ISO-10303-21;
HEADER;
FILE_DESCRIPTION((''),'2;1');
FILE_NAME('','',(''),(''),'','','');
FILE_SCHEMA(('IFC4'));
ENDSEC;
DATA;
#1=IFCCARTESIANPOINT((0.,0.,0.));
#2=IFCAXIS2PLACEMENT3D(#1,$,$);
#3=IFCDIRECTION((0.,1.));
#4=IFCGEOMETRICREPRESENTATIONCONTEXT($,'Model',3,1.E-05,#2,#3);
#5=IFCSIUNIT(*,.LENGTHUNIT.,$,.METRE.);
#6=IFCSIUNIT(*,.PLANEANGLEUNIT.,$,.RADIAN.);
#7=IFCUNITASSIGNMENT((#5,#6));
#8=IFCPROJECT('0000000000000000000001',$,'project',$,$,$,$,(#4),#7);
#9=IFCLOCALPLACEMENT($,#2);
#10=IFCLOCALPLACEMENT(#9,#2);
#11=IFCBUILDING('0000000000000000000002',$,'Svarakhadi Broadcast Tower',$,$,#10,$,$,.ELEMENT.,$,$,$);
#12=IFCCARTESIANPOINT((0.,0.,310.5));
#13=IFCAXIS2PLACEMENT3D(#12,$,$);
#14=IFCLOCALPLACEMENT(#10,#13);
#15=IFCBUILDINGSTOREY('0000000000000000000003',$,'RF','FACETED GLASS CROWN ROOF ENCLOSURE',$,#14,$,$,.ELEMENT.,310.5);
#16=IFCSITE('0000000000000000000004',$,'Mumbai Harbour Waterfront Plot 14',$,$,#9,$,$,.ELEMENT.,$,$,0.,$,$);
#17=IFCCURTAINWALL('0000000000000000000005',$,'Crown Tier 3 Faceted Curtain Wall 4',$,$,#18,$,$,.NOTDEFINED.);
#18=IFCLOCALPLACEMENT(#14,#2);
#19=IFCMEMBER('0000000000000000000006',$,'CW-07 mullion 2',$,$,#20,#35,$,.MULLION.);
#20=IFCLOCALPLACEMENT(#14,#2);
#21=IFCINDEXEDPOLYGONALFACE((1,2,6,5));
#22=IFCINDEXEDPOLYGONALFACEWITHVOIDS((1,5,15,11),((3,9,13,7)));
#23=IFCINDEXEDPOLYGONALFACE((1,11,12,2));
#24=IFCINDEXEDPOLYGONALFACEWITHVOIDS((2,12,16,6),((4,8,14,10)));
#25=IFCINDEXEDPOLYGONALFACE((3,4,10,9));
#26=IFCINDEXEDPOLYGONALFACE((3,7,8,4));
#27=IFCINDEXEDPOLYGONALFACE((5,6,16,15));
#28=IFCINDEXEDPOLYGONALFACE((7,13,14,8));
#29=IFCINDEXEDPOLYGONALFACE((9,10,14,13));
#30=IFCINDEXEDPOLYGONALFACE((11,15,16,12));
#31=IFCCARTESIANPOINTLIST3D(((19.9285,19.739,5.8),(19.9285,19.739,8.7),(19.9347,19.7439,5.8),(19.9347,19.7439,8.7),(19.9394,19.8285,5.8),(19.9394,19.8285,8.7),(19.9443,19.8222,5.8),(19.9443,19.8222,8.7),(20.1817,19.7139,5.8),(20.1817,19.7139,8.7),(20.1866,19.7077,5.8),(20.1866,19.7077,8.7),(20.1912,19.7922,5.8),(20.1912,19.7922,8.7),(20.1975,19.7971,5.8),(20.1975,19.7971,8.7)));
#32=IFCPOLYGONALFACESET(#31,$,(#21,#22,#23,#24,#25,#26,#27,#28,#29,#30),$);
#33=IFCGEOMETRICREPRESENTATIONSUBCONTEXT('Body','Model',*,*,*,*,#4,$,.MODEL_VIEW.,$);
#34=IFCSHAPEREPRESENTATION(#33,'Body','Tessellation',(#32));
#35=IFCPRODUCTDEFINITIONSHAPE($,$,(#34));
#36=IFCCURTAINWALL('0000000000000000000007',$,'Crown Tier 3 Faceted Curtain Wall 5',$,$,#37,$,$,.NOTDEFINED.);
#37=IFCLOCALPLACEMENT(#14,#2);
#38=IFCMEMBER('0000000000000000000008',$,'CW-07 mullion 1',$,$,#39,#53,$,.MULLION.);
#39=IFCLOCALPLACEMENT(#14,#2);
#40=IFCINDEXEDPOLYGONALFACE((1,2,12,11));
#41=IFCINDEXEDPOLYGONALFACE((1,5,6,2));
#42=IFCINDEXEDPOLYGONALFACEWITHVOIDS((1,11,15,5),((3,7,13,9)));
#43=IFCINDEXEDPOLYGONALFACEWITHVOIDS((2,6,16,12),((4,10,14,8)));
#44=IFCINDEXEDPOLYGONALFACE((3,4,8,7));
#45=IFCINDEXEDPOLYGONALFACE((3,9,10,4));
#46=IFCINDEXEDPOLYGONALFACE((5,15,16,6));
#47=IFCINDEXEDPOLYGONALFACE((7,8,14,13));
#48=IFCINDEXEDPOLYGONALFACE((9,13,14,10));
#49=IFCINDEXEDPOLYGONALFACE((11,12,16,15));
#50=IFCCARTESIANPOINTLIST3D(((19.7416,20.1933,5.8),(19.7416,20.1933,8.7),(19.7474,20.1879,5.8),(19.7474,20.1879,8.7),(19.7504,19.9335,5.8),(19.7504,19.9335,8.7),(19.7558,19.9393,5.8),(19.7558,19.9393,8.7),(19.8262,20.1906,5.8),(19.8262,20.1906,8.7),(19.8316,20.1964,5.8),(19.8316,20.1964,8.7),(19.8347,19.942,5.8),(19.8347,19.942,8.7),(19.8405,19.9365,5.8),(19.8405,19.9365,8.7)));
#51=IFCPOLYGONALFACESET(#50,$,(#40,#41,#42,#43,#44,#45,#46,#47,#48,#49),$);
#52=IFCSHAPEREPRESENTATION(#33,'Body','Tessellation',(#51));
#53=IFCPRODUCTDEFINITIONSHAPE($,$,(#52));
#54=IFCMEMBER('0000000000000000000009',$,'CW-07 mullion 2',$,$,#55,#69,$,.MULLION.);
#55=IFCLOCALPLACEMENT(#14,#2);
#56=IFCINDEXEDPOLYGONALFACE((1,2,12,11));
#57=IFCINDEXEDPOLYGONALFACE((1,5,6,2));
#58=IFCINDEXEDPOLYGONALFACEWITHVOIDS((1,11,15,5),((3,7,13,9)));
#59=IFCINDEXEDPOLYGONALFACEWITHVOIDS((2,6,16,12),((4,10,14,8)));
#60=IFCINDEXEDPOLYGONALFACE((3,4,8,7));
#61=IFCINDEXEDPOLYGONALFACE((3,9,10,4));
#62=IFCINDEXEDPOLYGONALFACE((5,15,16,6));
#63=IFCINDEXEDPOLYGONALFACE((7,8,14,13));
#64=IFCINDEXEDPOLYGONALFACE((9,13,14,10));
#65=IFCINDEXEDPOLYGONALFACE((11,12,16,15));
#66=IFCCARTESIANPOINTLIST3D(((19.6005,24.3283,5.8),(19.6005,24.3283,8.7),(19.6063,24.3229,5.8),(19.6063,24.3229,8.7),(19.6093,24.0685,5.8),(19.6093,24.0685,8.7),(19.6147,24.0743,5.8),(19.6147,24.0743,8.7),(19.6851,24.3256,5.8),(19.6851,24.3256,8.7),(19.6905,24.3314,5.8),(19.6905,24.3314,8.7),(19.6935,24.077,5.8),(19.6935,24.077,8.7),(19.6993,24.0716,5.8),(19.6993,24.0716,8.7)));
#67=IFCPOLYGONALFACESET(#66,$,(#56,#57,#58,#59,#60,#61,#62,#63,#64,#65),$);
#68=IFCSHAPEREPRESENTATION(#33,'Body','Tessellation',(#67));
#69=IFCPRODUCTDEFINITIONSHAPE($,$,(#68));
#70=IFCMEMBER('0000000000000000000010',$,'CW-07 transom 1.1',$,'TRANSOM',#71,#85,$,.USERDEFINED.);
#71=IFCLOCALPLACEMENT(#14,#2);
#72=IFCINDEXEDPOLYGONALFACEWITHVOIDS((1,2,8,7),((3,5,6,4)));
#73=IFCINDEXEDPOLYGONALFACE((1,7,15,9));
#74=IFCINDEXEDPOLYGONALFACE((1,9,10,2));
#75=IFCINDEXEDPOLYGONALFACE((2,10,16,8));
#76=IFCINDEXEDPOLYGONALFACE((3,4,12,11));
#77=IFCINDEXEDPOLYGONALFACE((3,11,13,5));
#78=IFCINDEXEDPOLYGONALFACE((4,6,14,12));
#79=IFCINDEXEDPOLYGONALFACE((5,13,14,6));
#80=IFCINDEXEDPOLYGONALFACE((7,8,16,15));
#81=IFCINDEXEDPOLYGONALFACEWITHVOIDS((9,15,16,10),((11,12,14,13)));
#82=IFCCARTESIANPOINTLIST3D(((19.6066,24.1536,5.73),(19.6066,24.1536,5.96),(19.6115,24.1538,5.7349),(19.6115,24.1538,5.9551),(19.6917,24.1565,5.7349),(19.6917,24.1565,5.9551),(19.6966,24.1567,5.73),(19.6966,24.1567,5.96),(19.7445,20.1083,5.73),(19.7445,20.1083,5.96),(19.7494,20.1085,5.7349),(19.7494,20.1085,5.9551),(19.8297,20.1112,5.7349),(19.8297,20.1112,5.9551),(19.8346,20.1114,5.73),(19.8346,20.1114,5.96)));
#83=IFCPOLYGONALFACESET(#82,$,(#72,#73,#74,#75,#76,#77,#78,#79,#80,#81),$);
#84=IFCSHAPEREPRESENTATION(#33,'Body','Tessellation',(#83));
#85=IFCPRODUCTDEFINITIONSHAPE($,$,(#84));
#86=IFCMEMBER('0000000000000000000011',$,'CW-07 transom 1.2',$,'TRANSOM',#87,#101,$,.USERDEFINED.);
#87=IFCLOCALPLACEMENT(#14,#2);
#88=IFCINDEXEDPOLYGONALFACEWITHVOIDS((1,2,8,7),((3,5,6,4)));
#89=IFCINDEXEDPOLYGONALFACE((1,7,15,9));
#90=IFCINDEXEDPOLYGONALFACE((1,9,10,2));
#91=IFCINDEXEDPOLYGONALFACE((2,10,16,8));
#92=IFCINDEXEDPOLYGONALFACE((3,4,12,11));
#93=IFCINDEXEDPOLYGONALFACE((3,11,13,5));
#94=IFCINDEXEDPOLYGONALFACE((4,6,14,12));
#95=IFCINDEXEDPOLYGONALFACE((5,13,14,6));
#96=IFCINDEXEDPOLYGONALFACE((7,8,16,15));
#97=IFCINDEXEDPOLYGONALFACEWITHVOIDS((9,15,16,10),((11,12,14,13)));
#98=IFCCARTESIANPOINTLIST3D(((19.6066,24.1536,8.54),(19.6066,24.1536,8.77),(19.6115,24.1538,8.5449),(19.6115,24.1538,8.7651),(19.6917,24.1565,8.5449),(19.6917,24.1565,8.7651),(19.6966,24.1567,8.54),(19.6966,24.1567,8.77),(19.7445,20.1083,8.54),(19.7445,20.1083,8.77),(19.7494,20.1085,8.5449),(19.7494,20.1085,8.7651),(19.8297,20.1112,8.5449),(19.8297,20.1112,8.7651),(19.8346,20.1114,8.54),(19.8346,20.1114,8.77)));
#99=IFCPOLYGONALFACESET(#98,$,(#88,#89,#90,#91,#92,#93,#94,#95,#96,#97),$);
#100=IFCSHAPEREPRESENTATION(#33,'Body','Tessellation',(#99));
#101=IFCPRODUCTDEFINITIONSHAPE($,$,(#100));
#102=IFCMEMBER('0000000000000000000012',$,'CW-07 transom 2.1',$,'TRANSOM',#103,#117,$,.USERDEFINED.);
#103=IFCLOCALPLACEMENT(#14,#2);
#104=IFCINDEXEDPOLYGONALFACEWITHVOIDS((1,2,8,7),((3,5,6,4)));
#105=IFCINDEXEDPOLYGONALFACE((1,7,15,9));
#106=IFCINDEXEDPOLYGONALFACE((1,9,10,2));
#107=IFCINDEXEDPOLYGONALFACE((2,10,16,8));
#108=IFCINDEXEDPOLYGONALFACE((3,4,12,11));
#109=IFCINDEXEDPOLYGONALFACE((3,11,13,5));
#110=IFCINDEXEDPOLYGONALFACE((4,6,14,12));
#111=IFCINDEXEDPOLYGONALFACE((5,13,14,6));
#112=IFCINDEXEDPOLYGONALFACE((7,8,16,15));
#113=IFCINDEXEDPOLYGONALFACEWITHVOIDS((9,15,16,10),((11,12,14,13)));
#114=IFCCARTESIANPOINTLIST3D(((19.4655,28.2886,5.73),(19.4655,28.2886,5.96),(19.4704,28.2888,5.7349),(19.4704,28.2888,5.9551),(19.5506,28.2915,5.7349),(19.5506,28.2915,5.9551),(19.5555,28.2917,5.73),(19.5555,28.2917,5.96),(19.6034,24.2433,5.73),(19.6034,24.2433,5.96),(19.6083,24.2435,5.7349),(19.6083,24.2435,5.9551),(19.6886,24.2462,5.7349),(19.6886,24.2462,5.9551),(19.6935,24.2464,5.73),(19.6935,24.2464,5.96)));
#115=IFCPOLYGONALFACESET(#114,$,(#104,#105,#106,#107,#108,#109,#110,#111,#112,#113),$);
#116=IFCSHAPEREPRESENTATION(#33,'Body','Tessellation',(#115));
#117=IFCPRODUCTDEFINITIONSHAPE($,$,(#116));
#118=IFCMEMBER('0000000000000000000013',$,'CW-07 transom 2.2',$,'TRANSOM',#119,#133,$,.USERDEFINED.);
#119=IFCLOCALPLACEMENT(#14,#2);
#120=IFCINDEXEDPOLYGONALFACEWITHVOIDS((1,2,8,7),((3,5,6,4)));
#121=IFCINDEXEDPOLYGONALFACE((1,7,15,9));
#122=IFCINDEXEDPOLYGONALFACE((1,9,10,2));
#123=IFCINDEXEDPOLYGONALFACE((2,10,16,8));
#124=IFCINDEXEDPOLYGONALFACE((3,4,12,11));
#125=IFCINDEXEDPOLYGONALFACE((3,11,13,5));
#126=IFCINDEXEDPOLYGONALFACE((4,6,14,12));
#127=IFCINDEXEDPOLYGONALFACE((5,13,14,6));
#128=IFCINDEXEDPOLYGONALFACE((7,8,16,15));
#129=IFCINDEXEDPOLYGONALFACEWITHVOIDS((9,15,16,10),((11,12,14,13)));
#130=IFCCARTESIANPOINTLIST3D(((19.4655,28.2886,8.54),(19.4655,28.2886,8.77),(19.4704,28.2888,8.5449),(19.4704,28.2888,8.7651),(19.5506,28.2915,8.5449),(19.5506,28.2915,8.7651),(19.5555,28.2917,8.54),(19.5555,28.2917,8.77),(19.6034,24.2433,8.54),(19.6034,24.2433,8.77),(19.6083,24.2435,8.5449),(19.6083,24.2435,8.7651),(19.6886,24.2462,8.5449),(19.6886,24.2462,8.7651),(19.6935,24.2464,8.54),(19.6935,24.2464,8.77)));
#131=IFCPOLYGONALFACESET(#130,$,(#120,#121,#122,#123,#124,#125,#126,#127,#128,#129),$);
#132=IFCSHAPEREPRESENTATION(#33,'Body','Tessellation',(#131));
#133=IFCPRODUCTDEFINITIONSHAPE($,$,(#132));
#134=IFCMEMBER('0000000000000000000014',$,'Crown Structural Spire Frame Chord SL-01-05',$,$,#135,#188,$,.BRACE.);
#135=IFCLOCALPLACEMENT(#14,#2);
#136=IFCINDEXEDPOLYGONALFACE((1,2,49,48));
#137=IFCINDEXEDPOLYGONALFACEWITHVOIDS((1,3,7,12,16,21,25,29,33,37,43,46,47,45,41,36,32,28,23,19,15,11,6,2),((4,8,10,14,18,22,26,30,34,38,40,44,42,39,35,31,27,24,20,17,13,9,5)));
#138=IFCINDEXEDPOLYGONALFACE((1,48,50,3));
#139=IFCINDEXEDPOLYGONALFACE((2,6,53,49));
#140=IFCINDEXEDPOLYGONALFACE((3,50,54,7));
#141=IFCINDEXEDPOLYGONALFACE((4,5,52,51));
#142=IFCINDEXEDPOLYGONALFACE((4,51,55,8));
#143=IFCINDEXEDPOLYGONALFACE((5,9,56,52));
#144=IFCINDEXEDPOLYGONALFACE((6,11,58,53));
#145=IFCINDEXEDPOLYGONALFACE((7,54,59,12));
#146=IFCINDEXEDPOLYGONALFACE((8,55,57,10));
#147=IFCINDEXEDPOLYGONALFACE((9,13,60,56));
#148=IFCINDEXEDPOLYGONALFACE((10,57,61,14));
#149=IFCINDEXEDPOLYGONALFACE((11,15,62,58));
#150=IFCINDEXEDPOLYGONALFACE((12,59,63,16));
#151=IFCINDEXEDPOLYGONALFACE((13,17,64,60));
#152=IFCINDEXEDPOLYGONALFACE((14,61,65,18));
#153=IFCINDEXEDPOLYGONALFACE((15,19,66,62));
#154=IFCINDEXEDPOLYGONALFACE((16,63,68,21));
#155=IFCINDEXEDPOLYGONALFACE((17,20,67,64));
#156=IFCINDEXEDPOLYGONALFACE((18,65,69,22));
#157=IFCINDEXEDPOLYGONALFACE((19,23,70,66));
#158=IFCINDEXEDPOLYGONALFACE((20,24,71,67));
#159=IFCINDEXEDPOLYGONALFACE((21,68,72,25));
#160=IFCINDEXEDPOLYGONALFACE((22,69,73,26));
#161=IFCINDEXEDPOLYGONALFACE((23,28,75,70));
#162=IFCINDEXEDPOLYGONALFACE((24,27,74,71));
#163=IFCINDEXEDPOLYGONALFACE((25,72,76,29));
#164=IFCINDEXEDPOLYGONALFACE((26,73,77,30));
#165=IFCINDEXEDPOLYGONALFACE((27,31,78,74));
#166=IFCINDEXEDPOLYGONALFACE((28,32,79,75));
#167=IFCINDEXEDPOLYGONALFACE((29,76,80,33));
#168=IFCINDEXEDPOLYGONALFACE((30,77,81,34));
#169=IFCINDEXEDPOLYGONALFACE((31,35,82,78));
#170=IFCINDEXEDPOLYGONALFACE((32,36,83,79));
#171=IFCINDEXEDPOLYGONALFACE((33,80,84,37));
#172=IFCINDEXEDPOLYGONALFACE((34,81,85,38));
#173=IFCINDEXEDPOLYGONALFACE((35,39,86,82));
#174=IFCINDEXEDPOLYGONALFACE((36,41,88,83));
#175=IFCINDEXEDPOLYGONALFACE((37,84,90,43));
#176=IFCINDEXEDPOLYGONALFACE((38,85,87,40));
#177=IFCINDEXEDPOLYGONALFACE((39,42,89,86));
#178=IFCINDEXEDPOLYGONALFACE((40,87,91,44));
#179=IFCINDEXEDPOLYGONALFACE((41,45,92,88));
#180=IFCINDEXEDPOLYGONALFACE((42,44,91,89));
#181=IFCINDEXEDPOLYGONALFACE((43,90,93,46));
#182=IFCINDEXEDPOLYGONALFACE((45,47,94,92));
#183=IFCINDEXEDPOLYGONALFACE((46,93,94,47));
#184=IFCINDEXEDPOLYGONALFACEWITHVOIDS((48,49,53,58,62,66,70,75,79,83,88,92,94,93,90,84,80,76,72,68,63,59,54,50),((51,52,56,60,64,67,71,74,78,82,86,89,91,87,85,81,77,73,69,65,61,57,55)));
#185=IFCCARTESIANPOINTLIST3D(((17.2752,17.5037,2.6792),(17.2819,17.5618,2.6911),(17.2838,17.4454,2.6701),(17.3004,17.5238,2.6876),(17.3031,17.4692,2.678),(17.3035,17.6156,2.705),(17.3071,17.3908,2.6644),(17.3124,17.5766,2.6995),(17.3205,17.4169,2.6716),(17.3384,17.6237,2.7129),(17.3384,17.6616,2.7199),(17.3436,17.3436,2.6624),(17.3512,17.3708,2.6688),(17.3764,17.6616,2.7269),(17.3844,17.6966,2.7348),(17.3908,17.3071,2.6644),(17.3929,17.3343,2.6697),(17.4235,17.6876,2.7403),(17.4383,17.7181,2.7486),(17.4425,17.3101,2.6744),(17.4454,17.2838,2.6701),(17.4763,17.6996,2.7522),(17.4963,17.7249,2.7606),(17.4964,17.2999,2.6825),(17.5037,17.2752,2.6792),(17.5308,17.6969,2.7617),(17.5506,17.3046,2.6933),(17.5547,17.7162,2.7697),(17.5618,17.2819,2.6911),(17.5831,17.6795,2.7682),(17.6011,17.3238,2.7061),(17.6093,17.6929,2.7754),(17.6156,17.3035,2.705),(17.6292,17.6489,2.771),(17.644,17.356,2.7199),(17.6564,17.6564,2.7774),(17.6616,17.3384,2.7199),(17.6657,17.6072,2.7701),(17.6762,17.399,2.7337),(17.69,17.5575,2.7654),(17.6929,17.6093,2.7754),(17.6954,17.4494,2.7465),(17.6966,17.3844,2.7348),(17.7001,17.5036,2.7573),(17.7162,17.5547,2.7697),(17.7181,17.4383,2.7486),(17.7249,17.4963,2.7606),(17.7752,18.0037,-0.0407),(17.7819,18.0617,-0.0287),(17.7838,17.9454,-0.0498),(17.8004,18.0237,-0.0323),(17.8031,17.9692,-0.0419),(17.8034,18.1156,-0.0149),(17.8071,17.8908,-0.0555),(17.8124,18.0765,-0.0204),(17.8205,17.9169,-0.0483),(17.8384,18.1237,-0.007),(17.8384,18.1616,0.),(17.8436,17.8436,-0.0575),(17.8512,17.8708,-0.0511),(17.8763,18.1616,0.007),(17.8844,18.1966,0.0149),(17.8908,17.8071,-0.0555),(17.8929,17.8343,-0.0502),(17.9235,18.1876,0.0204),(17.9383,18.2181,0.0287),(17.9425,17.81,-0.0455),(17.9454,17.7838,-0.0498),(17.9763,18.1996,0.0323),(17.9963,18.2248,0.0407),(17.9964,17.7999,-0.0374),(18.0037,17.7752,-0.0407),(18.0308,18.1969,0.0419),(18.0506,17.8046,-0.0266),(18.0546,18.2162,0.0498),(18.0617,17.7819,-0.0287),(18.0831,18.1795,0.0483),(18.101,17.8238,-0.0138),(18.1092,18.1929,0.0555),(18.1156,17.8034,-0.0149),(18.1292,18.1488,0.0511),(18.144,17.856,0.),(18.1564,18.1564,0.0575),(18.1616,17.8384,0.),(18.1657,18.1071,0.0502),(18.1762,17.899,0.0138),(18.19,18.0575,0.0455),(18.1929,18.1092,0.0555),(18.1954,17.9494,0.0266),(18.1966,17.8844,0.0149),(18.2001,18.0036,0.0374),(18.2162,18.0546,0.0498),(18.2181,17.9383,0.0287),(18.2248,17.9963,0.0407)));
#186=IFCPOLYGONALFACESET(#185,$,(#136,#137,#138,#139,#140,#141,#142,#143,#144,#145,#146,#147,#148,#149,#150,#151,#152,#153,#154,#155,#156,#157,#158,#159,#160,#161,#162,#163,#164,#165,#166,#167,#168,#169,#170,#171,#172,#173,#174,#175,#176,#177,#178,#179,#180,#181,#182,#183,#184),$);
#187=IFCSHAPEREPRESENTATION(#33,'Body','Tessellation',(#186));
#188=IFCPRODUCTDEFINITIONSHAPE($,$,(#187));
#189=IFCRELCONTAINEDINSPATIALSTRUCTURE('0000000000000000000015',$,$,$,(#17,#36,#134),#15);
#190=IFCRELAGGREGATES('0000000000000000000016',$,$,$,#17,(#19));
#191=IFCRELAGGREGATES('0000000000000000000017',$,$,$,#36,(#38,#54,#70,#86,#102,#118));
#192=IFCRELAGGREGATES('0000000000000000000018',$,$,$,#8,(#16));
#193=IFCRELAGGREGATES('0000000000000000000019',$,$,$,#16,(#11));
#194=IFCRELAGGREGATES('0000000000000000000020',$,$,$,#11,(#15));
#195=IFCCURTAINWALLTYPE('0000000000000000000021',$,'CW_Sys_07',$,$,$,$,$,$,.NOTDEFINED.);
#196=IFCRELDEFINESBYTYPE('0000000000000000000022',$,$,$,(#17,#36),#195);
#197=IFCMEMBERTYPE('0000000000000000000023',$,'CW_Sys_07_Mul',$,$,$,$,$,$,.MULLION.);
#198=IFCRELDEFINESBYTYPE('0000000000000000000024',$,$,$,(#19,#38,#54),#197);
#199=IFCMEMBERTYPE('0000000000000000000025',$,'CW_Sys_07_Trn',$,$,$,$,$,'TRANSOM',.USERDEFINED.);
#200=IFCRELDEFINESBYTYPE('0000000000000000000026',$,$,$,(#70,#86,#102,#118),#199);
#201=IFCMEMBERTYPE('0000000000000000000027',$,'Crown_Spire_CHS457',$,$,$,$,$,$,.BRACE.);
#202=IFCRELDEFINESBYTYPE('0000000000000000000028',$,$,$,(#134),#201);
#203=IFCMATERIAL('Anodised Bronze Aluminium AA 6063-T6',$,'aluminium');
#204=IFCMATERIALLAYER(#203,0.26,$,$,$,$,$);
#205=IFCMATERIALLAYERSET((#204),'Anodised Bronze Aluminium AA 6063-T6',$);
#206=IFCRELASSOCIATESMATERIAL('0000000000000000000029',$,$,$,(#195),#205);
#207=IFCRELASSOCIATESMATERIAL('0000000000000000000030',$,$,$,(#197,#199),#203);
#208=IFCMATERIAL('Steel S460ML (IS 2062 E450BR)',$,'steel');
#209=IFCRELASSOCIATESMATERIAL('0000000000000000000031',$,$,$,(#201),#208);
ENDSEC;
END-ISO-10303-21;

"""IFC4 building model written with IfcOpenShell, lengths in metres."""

from ifc_helpers import new_model, si_unit, direction, frame, origin, origin_2d, place, context, subcontext, project, spatial, hollow_rectangle, hollow_circle, extrude, material, layer, layer_set, material_profile, profile_set, type_object, element, aggregate, save


model = new_model("IFC4")

# Units and contexts
model_context = context("Model", 3, precision=1e-05, world=origin(), true_north=direction((0.0, 1.0)))
body_context = subcontext(model_context, "Body", "Model", "MODEL_VIEW")
ifc_project = project(units=[si_unit("LENGTHUNIT", "METRE"), si_unit("PLANEANGLEUNIT", "RADIAN")], contexts=[model_context])

# Site, building, storey
site_placement = place(None, origin())
site = spatial("IfcSite", under=ifc_project, at=site_placement, Name="Mumbai Harbour Waterfront Plot 14", CompositionType="ELEMENT", RefElevation=0.0)
building_placement = place(site_placement, origin())
building = spatial("IfcBuilding", under=site, at=building_placement, Name="Svarakhadi Broadcast Tower", CompositionType="ELEMENT")
storey_placement = place(building_placement, frame((0.0, 0.0, 310.5)))
storey = spatial("IfcBuildingStorey", under=building, at=storey_placement, Name="RF", Description="FACETED GLASS CROWN ROOF ENCLOSURE", CompositionType="ELEMENT", Elevation=310.5)

# Curtain wall, member
ifc_material_1 = material(Name="Anodised Bronze Aluminium AA 6063-T6", Category="aluminium")
ifc_layer_1 = layer(ifc_material_1, 0.26)
ifc_layer_set_1 = layer_set([ifc_layer_1], Name="Anodised Bronze Aluminium AA 6063-T6")
curtain_wall_type = type_object("IfcCurtainWallType", Name="CW_Sys_07", PredefinedType="NOTDEFINED", material=ifc_layer_set_1)
curtain_wall_1_placement = place(storey_placement, origin())
curtain_wall_1 = element("IfcCurtainWall", 1, at=curtain_wall_1_placement, inside=storey, type_object=curtain_wall_type, Name="Crown Tier 3 Faceted Curtain Wall 4", PredefinedType="NOTDEFINED")
ifc_material_profile_1 = material_profile(ifc_material_1, hollow_rectangle(XDim=0.0901, YDim=0.26, WallThickness=0.0056, at=origin_2d()), Name="ALU MULLION 260x90x6")
ifc_profile_set_1 = profile_set([ifc_material_profile_1], Name="Anodised Bronze Aluminium AA 6063-T6")
member_type_1 = type_object("IfcMemberType", Name="CW_Sys_07_Mul", PredefinedType="MULLION", material=ifc_profile_set_1)
member_1_placement = place(storey_placement, frame((20.063, 19.7681, 5.8), z_axis=(0.0, 0.0, 1.0), x_axis=(-0.120721, -0.992686, 0.0)))
member_1 = element("IfcMember", 2, at=member_1_placement, type_object=member_type_1, Name="CW-07 mullion 2", PredefinedType="MULLION", context=body_context, shape_type="SweptSolid", body=[
    extrude(hollow_rectangle(XDim=0.0901, YDim=0.26, WallThickness=0.0056, at=origin_2d()), origin(), (0.0, 0.0, 1.0), 2.8999),
])
aggregate(curtain_wall_1, [member_1])

# Curtain wall, members
curtain_wall_2_placement = place(storey_placement, origin())
curtain_wall_2 = element("IfcCurtainWall", 3, at=curtain_wall_2_placement, inside=storey, type_object=curtain_wall_type, Name="Crown Tier 3 Faceted Curtain Wall 5", PredefinedType="NOTDEFINED")
member_2_placement = place(storey_placement, frame((19.791, 20.0649, 5.8), z_axis=(0.0, 0.0, 1.0), x_axis=(-0.999419, -0.03407, 0.0)))
member_2 = element("IfcMember", 4, at=member_2_placement, type_object=member_type_1, Name="CW-07 mullion 1", PredefinedType="MULLION", context=body_context, shape_type="SweptSolid", body=[
    extrude(hollow_rectangle(XDim=0.0901, YDim=0.26, WallThickness=0.0056, at=origin_2d()), origin(), (0.0, 0.0, 1.0), 2.8999),
])
member_3_placement = place(storey_placement, frame((19.6499, 24.2, 5.8), z_axis=(0.0, 0.0, 1.0), x_axis=(-0.999419, -0.03407, 0.0)))
member_3 = element("IfcMember", 5, at=member_3_placement, type_object=member_type_1, Name="CW-07 mullion 2", PredefinedType="MULLION", context=body_context, shape_type="SweptSolid", body=[
    extrude(hollow_rectangle(XDim=0.0901, YDim=0.26, WallThickness=0.0056, at=origin_2d()), origin(), (0.0, 0.0, 1.0), 2.8999),
])
ifc_material_profile_2 = material_profile(ifc_material_1, hollow_rectangle(XDim=0.0901, YDim=0.23, WallThickness=0.0049, at=origin_2d()), Name="ALU TRANSOM 230x90x5")
ifc_profile_set_2 = profile_set([ifc_material_profile_2], Name="Anodised Bronze Aluminium AA 6063-T6")
member_type_2 = type_object("IfcMemberType", Name="CW_Sys_07_Trn", ElementType="TRANSOM", PredefinedType="USERDEFINED", material=ifc_profile_set_2)
member_4_placement = place(storey_placement, frame((19.7896, 20.1099, 5.845), z_axis=(-0.03408, 0.999419, 0.0), x_axis=(-0.999419, -0.03408, 0.0)))
member_4 = element("IfcMember", 6, at=member_4_placement, type_object=member_type_2, Name="CW-07 transom 1.1", ObjectType="TRANSOM", PredefinedType="USERDEFINED", context=body_context, shape_type="SweptSolid", body=[
    extrude(hollow_rectangle(XDim=0.0901, YDim=0.23, WallThickness=0.0049, at=origin_2d()), origin(), (0.0, 0.0, 1.0), 4.0476),
])
member_5_placement = place(storey_placement, frame((19.7896, 20.1099, 8.655), z_axis=(-0.03408, 0.999419, 0.0), x_axis=(-0.999419, -0.03408, 0.0)))
member_5 = element("IfcMember", 7, at=member_5_placement, type_object=member_type_2, Name="CW-07 transom 1.2", ObjectType="TRANSOM", PredefinedType="USERDEFINED", context=body_context, shape_type="SweptSolid", body=[
    extrude(hollow_rectangle(XDim=0.0901, YDim=0.23, WallThickness=0.0049, at=origin_2d()), origin(), (0.0, 0.0, 1.0), 4.0476),
])
member_6_placement = place(storey_placement, frame((19.6484, 24.2449, 5.845), z_axis=(-0.03408, 0.999419, 0.0), x_axis=(-0.999419, -0.03408, 0.0)))
member_6 = element("IfcMember", 8, at=member_6_placement, type_object=member_type_2, Name="CW-07 transom 2.1", ObjectType="TRANSOM", PredefinedType="USERDEFINED", context=body_context, shape_type="SweptSolid", body=[
    extrude(hollow_rectangle(XDim=0.0901, YDim=0.23, WallThickness=0.0049, at=origin_2d()), origin(), (0.0, 0.0, 1.0), 4.0476),
])
member_7_placement = place(storey_placement, frame((19.6484, 24.2449, 8.655), z_axis=(-0.03408, 0.999419, 0.0), x_axis=(-0.999419, -0.03408, 0.0)))
member_7 = element("IfcMember", 9, at=member_7_placement, type_object=member_type_2, Name="CW-07 transom 2.2", ObjectType="TRANSOM", PredefinedType="USERDEFINED", context=body_context, shape_type="SweptSolid", body=[
    extrude(hollow_rectangle(XDim=0.0901, YDim=0.23, WallThickness=0.0049, at=origin_2d()), origin(), (0.0, 0.0, 1.0), 4.0476),
])

# Member
ifc_material_2 = material(Name="Steel S460ML (IS 2062 E450BR)", Category="steel")
ifc_material_profile_3 = material_profile(ifc_material_2, hollow_circle(Radius=0.2285, WallThickness=0.0249, at=origin_2d()), Name="CHS 457x25")
ifc_profile_set_3 = profile_set([ifc_material_profile_3], Name="Steel S460ML (IS 2062 E450BR)")
member_type_3 = type_object("IfcMemberType", Name="Crown_Spire_CHS457", PredefinedType="BRACE", material=ifc_profile_set_3)
member_8_placement = place(storey_placement, frame((18.0, 18.0, 0.0), z_axis=(-0.177912, -0.177912, 0.96783), x_axis=(0.707107, -0.707107, 0.0)))
element("IfcMember", 10, at=member_8_placement, inside=storey, type_object=member_type_3, Name="Crown Structural Spire Frame Chord SL-01-05", PredefinedType="BRACE", context=body_context, shape_type="SweptSolid", body=[
    extrude(hollow_circle(Radius=0.2285, WallThickness=0.0249, at=origin_2d()), origin(), (0.0, 0.0, 1.0), 2.8103),
])

aggregate(curtain_wall_2, [member_2, member_3, member_4, member_5, member_6, member_7])

save(model, "model.ifc")
